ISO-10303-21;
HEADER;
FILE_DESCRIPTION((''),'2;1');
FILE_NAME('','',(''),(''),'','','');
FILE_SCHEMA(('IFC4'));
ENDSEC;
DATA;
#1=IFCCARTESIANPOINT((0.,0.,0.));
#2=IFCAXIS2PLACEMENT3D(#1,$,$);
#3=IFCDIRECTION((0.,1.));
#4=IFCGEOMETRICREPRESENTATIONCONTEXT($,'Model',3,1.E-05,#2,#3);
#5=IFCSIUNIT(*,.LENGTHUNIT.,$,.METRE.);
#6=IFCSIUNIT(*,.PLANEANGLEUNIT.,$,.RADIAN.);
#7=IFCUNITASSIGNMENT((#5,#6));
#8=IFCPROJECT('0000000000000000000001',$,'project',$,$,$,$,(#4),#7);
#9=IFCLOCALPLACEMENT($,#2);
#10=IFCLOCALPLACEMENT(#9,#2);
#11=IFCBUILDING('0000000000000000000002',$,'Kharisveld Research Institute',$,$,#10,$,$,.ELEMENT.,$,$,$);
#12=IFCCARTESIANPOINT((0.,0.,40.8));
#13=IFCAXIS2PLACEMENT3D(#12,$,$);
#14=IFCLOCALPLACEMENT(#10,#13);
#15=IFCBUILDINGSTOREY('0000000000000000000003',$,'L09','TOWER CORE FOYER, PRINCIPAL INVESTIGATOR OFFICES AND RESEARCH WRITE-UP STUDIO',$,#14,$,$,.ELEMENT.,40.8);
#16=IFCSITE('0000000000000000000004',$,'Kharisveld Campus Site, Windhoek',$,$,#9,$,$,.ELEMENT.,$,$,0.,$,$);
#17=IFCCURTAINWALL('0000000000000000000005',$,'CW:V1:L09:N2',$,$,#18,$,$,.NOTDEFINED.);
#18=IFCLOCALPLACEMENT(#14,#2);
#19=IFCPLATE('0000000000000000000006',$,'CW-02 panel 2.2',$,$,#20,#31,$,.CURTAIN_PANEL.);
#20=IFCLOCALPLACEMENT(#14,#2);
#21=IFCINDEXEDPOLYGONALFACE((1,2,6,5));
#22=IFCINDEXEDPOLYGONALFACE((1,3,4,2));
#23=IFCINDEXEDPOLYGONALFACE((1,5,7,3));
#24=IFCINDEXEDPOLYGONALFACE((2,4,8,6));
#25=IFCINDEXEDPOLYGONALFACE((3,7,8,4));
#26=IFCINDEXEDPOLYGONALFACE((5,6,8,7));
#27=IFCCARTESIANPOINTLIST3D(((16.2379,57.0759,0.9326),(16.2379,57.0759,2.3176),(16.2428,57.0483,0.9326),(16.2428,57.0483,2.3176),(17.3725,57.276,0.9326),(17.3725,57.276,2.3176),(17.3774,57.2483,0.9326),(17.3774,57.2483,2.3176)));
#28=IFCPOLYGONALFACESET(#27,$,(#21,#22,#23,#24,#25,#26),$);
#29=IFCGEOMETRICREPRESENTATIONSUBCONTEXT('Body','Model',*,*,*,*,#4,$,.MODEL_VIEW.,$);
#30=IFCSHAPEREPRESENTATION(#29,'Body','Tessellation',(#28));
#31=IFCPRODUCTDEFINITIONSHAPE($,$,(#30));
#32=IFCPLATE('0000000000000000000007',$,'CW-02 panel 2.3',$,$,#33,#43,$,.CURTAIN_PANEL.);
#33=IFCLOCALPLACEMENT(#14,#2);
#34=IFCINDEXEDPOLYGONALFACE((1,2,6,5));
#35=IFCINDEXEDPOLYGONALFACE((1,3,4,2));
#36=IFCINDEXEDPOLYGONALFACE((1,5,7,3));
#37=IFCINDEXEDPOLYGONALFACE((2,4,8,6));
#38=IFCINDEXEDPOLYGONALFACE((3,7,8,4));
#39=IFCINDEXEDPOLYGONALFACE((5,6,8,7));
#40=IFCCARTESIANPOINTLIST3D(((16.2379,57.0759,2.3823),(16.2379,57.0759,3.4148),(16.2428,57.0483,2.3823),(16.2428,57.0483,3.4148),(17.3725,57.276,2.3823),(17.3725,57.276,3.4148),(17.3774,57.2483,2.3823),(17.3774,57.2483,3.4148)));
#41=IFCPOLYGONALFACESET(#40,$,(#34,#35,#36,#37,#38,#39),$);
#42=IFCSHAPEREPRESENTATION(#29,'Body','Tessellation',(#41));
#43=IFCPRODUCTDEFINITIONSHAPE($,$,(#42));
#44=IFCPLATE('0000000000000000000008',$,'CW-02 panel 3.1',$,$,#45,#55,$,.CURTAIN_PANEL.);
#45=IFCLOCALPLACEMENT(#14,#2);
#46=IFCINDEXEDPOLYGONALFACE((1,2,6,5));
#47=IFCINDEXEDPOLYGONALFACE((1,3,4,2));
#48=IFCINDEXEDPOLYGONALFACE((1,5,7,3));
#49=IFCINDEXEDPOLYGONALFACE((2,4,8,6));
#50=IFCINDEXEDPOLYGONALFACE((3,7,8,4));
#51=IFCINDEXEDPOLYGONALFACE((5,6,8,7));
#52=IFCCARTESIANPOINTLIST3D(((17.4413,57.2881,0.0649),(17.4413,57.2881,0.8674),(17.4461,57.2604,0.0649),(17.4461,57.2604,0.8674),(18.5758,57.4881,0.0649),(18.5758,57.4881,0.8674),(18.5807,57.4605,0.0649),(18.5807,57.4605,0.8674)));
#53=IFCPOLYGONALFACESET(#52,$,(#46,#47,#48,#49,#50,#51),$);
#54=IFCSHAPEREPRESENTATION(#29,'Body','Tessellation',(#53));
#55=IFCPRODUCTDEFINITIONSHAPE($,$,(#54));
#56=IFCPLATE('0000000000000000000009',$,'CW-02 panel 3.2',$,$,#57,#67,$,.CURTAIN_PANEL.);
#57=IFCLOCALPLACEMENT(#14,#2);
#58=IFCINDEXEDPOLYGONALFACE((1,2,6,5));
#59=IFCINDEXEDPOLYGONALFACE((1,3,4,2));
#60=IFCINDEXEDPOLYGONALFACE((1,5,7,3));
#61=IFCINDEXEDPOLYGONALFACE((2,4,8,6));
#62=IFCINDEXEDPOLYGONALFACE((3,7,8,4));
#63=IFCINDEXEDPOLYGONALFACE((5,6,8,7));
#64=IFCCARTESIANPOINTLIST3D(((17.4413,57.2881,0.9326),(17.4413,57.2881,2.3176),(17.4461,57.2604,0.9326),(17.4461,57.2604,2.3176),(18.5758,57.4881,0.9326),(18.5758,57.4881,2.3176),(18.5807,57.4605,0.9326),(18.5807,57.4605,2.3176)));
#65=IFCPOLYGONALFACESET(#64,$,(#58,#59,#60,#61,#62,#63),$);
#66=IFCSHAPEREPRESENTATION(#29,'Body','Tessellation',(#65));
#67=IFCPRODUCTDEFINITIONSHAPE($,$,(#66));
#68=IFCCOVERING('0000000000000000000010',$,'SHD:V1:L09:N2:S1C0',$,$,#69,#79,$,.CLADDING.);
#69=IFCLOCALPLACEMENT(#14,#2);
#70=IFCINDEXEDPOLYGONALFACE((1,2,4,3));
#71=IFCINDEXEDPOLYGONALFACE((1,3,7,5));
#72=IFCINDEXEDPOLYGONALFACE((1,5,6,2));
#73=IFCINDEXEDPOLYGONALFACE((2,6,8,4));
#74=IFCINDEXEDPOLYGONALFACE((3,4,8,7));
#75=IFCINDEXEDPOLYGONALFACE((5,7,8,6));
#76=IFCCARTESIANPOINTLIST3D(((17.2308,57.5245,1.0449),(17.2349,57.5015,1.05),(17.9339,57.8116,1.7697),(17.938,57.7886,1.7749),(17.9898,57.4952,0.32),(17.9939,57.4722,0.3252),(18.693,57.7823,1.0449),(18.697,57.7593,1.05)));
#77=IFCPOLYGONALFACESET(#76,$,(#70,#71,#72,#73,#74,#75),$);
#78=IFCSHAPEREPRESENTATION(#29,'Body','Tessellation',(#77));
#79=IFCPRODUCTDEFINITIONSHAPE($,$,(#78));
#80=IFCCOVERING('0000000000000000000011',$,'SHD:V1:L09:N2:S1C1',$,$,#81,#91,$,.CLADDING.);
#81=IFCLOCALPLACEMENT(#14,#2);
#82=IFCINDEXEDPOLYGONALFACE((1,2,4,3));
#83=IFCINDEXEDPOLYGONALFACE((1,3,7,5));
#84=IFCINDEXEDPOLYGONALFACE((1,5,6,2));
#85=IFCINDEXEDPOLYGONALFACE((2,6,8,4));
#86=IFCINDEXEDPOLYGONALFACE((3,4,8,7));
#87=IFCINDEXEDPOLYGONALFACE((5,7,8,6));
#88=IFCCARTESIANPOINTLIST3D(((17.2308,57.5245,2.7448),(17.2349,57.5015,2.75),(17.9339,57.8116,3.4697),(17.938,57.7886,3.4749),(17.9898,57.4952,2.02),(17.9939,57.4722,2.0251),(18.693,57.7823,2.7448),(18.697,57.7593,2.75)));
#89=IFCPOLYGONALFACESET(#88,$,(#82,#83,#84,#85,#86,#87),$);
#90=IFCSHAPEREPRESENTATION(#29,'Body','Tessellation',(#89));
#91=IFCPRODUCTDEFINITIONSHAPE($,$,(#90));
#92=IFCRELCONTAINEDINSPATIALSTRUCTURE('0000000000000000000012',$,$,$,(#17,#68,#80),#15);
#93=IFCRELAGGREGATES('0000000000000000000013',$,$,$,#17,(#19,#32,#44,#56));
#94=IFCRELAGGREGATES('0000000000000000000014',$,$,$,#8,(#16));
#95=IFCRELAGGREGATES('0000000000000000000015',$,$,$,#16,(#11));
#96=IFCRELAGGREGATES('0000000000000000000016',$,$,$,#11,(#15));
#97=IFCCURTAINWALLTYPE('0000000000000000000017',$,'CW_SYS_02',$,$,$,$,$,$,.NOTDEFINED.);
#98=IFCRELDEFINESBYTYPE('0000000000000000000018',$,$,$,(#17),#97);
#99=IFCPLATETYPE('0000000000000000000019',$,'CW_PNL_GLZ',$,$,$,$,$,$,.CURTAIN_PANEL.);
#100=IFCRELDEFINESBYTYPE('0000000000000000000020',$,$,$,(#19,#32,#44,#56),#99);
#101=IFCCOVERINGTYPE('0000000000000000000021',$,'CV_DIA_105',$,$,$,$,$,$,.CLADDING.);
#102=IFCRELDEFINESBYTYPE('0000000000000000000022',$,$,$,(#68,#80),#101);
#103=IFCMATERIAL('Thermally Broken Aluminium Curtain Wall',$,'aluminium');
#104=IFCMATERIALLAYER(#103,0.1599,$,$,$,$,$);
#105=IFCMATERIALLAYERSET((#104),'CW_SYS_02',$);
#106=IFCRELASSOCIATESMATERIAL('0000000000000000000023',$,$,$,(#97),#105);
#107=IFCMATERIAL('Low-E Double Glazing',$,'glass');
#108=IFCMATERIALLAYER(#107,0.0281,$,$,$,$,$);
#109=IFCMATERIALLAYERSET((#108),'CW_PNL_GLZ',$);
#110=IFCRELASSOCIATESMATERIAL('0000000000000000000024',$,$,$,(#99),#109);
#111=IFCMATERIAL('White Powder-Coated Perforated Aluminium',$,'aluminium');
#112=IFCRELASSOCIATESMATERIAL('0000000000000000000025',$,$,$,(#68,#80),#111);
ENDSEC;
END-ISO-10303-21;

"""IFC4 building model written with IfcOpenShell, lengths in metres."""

from ifc_helpers import new_model, si_unit, direction, frame, origin, origin_2d, place, context, subcontext, project, spatial, polyline, rectangle, outline, extrude, material, layer, layer_set, type_object, element, aggregate, save


model = new_model("IFC4")

# Units and contexts
model_context = context("Model", 3, precision=1e-05, world=origin(), true_north=direction((0.0, 1.0)))
body_context = subcontext(model_context, "Body", "Model", "MODEL_VIEW")
ifc_project = project(units=[si_unit("LENGTHUNIT", "METRE"), si_unit("PLANEANGLEUNIT", "RADIAN")], contexts=[model_context])

# Site, building, storey
site_placement = place(None, origin())
site = spatial("IfcSite", under=ifc_project, at=site_placement, Name="Kharisveld Campus Site, Windhoek", CompositionType="ELEMENT", RefElevation=0.0)
building_placement = place(site_placement, origin())
building = spatial("IfcBuilding", under=site, at=building_placement, Name="Kharisveld Research Institute", CompositionType="ELEMENT")
storey_placement = place(building_placement, frame((0.0, 0.0, 40.8)))
storey = spatial("IfcBuildingStorey", under=building, at=storey_placement, Name="L09", Description="TOWER CORE FOYER, PRINCIPAL INVESTIGATOR OFFICES AND RESEARCH WRITE-UP STUDIO", CompositionType="ELEMENT", Elevation=40.8)

# Curtain wall
ifc_material_1 = material(Name="Thermally Broken Aluminium Curtain Wall", Category="aluminium")
ifc_layer_1 = layer(ifc_material_1, 0.1599)
ifc_layer_set_1 = layer_set([ifc_layer_1], Name="CW_SYS_02")
curtain_wall_type = type_object("IfcCurtainWallType", Name="CW_SYS_02", PredefinedType="NOTDEFINED", material=ifc_layer_set_1)
curtain_wall_placement = place(storey_placement, origin())
curtain_wall = element("IfcCurtainWall", 1, at=curtain_wall_placement, inside=storey, type_object=curtain_wall_type, Name="CW:V1:L09:N2", PredefinedType="NOTDEFINED")

# Plates
ifc_material_2 = material(Name="Low-E Double Glazing", Category="glass")
ifc_layer_2 = layer(ifc_material_2, 0.0281)
ifc_layer_set_2 = layer_set([ifc_layer_2], Name="CW_PNL_GLZ")
plate_type = type_object("IfcPlateType", Name="CW_PNL_GLZ", PredefinedType="CURTAIN_PANEL", material=ifc_layer_set_2)
plate_1_placement = place(storey_placement, frame((16.8076, 57.1621, 0.9326), z_axis=(0.0, 0.0, 1.0), x_axis=(0.984808, 0.173648, 0.0)))
plate_1 = element("IfcPlate", 2, at=plate_1_placement, type_object=plate_type, Name="CW-02 panel 2.2", PredefinedType="CURTAIN_PANEL", context=body_context, shape_type="SweptSolid", body=[
    extrude(rectangle(XDim=1.1521, YDim=0.0281, at=origin_2d()), origin(), (0.0, 0.0, 1.0), 1.385),
])
plate_2_placement = place(storey_placement, frame((16.8076, 57.1621, 2.3823), z_axis=(0.0, 0.0, 1.0), x_axis=(0.984808, 0.173648, 0.0)))
plate_2 = element("IfcPlate", 3, at=plate_2_placement, type_object=plate_type, Name="CW-02 panel 2.3", PredefinedType="CURTAIN_PANEL", context=body_context, shape_type="SweptSolid", body=[
    extrude(rectangle(XDim=1.1521, YDim=0.0281, at=origin_2d()), origin(), (0.0, 0.0, 1.0), 1.0325),
])
plate_3_placement = place(storey_placement, frame((18.011, 57.3743, 0.0649), z_axis=(0.0, 0.0, 1.0), x_axis=(0.984808, 0.173648, 0.0)))
plate_3 = element("IfcPlate", 4, at=plate_3_placement, type_object=plate_type, Name="CW-02 panel 3.1", PredefinedType="CURTAIN_PANEL", context=body_context, shape_type="SweptSolid", body=[
    extrude(rectangle(XDim=1.1521, YDim=0.0281, at=origin_2d()), origin(), (0.0, 0.0, 1.0), 0.8025),
])
plate_4_placement = place(storey_placement, frame((18.011, 57.3743, 0.9326), z_axis=(0.0, 0.0, 1.0), x_axis=(0.984808, 0.173648, 0.0)))
plate_4 = element("IfcPlate", 5, at=plate_4_placement, type_object=plate_type, Name="CW-02 panel 3.2", PredefinedType="CURTAIN_PANEL", context=body_context, shape_type="SweptSolid", body=[
    extrude(rectangle(XDim=1.1521, YDim=0.0281, at=origin_2d()), origin(), (0.0, 0.0, 1.0), 1.385),
])
aggregate(curtain_wall, [plate_1, plate_2, plate_3, plate_4])

# Coverings
ifc_material_3 = material(Name="White Powder-Coated Perforated Aluminium", Category="aluminium")
covering_type = type_object("IfcCoveringType", Name="CV_DIA_105", PredefinedType="CLADDING")
for number, where, z_axis, x_axis, name in (
    (6, (17.9939, 57.4722, 0.3252), (0.169531, -0.961476, 0.216385), (0.669725, 0.273471, 0.690421), "SHD:V1:L09:N2:S1C0"),
    (7, (17.9939, 57.4722, 2.0251), (0.169531, -0.961476, 0.216385), (0.669725, 0.273471, 0.690421), "SHD:V1:L09:N2:S1C1"),
):
    element("IfcCovering", number, at=place(storey_placement, frame(where, z_axis=z_axis, x_axis=x_axis)), inside=storey, type_object=covering_type, material=ifc_material_3, Name=name, PredefinedType="CLADDING", context=body_context, shape_type="SweptSolid", body=[
        extrude(outline(polyline([(0.0, 0.0), (1.0499, 0.0), (1.05, 1.05), (0.0001, 1.05), (0.0, 0.0)])), origin(), (0.0, 0.0, -1.0), 0.0239),
    ])

save(model, "model.ifc")
